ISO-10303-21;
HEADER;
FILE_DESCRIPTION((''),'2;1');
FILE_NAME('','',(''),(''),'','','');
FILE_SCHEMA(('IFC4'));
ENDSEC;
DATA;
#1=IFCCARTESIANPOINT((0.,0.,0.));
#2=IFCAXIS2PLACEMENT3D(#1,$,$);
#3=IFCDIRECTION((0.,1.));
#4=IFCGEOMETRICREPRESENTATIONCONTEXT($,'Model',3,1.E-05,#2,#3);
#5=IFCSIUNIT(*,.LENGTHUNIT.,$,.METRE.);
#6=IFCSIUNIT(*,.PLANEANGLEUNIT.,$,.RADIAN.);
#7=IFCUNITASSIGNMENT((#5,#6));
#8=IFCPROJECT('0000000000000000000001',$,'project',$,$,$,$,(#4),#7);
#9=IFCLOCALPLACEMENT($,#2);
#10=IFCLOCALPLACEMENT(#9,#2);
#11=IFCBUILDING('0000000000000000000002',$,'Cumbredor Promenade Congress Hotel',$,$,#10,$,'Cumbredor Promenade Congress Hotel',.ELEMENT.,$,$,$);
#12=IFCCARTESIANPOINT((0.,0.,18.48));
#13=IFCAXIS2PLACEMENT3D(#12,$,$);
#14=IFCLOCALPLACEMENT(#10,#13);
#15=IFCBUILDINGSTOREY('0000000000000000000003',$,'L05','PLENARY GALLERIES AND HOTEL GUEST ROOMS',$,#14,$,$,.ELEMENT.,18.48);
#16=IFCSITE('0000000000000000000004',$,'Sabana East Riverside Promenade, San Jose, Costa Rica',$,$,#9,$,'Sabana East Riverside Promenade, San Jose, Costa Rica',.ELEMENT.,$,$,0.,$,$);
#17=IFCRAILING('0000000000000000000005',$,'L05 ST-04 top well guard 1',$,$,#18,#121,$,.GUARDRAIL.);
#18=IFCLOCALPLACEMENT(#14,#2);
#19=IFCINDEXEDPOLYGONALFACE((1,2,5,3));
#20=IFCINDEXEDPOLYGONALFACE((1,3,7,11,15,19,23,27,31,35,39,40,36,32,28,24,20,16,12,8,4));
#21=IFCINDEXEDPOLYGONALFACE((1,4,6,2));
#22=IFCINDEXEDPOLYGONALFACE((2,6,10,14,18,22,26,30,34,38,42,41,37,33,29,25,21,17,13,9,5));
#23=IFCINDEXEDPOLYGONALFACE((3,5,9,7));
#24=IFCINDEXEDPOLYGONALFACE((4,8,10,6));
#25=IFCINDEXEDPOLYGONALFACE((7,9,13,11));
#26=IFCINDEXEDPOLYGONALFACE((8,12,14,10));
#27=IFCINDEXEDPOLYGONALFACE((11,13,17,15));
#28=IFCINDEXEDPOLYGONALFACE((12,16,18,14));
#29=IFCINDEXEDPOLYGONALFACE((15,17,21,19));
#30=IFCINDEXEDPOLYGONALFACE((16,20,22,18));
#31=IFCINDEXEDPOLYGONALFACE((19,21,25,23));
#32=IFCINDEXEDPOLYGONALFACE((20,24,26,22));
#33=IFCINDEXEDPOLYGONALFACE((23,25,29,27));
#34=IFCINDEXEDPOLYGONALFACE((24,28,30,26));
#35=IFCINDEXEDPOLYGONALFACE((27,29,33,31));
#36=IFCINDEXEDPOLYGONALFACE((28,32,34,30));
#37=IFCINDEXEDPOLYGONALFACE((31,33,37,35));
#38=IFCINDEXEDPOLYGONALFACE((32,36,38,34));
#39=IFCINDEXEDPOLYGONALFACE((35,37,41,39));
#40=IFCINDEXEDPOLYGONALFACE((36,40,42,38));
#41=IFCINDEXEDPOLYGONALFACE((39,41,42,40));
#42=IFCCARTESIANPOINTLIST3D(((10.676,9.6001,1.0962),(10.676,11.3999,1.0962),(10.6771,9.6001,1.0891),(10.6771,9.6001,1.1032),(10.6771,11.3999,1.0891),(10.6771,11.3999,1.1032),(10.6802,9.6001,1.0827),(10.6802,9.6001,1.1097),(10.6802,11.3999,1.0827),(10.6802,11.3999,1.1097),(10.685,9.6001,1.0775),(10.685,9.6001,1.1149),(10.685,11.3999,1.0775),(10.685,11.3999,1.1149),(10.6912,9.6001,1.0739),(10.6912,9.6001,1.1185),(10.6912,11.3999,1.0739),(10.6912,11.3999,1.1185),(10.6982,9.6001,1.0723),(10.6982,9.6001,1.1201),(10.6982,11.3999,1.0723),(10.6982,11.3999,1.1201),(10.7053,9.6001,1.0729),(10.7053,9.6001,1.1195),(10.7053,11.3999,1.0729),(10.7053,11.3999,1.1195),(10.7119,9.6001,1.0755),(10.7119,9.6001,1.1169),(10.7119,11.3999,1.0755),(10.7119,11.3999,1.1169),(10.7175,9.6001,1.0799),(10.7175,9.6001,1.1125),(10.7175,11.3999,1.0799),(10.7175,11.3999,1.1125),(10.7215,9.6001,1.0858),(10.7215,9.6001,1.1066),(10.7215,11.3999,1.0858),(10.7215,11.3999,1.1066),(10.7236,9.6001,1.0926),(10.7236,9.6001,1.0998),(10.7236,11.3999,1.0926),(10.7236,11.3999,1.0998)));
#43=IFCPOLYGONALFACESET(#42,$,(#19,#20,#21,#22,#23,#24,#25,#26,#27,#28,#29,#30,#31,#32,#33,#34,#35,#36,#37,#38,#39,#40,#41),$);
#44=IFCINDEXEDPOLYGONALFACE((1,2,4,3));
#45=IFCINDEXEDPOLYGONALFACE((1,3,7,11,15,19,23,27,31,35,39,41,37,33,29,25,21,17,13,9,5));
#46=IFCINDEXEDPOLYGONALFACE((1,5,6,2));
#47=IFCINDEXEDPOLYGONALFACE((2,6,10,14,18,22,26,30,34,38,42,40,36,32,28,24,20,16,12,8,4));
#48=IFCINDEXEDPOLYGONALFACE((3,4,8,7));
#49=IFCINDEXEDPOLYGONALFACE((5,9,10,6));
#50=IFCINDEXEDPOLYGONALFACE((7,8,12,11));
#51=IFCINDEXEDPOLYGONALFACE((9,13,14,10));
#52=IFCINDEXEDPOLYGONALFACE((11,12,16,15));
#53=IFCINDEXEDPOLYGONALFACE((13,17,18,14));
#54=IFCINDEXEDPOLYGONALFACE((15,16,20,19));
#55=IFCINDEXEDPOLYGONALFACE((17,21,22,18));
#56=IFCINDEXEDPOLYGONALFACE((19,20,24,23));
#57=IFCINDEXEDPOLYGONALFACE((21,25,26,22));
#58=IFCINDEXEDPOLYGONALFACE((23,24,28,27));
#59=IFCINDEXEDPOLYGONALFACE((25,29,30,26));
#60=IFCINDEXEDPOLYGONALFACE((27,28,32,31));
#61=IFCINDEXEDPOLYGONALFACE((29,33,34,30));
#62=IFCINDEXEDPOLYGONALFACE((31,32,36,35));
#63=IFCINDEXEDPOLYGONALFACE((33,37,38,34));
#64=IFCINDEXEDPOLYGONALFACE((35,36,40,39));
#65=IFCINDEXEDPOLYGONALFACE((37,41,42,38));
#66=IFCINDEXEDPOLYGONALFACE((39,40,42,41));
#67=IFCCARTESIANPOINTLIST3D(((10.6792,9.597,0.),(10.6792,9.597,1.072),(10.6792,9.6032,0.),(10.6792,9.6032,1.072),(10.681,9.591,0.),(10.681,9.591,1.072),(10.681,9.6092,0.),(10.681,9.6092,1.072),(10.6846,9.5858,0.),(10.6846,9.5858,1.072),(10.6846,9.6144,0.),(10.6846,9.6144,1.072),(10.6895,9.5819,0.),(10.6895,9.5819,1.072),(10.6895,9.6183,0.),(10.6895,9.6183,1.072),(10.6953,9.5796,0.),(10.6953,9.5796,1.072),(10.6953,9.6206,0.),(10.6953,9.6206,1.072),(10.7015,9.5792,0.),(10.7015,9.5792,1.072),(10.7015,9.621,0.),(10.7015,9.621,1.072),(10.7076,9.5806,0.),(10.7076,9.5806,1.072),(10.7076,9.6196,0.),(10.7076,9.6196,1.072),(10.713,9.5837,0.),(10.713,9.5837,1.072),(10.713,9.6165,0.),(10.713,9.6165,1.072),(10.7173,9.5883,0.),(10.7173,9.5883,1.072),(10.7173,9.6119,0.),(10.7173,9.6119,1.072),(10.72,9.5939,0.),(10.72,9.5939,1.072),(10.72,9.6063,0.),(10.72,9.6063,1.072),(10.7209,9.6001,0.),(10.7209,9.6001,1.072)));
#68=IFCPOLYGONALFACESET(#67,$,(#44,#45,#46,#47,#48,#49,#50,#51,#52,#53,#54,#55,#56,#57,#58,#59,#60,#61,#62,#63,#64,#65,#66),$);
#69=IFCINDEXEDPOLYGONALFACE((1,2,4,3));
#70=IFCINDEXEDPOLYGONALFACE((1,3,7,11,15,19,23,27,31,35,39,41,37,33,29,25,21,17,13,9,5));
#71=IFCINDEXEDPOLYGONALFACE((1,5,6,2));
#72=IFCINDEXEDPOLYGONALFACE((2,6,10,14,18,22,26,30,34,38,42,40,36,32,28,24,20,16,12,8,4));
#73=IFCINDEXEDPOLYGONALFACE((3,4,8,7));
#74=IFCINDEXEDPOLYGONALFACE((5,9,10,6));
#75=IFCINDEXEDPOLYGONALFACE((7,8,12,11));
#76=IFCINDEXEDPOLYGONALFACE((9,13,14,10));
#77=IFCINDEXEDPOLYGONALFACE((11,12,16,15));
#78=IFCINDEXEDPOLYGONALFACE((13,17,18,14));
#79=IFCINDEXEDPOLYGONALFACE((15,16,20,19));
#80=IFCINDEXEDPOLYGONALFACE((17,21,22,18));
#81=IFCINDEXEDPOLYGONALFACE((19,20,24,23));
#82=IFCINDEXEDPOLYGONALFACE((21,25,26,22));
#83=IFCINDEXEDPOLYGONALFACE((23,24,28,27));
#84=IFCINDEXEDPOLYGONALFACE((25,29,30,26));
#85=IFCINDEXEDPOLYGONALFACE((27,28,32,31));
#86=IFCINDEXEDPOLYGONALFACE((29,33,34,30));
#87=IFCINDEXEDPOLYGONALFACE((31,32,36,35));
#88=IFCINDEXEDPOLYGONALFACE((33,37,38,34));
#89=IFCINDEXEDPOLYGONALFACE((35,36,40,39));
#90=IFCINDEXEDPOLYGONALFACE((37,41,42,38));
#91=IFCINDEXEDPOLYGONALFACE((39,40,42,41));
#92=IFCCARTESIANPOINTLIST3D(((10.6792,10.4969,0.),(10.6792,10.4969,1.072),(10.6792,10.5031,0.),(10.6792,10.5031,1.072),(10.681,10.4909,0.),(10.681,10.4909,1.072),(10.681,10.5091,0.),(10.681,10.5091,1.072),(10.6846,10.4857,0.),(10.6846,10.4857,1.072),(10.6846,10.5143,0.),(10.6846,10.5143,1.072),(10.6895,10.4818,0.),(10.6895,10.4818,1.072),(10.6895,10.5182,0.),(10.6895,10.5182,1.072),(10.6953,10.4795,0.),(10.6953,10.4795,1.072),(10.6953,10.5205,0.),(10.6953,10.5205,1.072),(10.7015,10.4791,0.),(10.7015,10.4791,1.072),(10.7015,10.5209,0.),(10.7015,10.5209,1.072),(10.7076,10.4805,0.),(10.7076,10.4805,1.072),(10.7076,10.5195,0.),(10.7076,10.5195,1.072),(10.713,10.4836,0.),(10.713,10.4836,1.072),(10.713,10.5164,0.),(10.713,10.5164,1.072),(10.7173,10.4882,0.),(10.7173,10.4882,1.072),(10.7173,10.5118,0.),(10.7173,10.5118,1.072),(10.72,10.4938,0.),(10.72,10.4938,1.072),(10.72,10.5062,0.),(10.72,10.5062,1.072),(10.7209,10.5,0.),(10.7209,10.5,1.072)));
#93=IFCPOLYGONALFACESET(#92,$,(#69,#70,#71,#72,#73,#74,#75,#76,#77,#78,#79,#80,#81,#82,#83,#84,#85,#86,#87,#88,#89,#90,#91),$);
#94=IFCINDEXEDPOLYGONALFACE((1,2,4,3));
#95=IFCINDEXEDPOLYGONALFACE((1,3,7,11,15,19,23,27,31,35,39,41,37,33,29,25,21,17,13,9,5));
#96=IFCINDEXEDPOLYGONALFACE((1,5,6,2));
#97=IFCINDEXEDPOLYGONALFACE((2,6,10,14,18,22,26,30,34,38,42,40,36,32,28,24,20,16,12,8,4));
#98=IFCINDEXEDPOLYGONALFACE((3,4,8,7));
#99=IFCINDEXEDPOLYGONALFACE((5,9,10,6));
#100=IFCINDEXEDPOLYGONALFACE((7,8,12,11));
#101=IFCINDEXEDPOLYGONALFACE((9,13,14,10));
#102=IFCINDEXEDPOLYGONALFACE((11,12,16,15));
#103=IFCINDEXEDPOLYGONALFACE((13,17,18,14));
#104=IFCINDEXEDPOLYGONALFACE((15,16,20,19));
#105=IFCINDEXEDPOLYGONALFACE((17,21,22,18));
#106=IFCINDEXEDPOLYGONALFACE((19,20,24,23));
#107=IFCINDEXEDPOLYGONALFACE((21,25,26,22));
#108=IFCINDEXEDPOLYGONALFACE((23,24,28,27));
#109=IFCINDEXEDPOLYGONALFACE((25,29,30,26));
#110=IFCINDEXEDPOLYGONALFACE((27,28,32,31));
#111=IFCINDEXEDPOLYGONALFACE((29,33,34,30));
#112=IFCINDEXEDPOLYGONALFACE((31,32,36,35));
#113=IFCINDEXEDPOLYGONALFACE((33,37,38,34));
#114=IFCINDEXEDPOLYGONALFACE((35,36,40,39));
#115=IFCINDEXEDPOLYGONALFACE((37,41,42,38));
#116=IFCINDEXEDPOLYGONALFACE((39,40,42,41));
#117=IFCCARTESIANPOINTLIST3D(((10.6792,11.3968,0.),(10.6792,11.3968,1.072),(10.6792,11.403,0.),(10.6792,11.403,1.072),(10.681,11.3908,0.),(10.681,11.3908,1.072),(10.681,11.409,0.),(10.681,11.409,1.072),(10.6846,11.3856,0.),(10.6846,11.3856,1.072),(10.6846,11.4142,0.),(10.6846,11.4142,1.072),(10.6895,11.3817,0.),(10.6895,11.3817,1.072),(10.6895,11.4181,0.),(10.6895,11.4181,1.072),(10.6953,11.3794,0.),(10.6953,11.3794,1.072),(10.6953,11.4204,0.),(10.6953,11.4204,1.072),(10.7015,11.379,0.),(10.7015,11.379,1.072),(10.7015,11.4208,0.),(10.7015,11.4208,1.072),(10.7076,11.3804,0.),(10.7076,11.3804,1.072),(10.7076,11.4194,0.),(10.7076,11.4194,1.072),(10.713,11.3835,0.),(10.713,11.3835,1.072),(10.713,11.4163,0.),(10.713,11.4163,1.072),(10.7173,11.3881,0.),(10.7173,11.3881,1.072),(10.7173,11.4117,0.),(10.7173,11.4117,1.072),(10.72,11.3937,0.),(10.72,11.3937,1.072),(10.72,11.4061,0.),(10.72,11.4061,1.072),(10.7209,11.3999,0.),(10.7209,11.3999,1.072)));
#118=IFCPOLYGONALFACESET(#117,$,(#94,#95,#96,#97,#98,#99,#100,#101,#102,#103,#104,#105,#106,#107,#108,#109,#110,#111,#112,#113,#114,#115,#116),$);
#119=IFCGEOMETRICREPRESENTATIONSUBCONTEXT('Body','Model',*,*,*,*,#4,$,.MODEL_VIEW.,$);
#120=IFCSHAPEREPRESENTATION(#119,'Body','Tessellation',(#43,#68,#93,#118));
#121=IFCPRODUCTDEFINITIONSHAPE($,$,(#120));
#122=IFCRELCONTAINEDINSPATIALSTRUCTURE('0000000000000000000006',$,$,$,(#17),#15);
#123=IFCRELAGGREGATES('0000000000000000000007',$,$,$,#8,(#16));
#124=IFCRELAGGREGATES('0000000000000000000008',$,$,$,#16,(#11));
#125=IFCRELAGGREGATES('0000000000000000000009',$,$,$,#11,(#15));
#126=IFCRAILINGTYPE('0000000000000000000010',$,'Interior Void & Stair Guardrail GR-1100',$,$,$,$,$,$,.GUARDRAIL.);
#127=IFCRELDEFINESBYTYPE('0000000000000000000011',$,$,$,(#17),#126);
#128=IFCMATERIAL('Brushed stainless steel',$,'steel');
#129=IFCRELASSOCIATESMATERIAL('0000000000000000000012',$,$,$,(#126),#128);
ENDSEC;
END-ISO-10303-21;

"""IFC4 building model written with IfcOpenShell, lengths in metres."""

from ifc_helpers import new_model, si_unit, direction, frame, origin, origin_2d, place, context, subcontext, project, spatial, circle, extrude, material, type_object, element, save


model = new_model("IFC4")

# Units and contexts
model_context = context("Model", 3, precision=1e-05, world=origin(), true_north=direction((0.0, 1.0)))
body_context = subcontext(model_context, "Body", "Model", "MODEL_VIEW")
ifc_project = project(units=[si_unit("LENGTHUNIT", "METRE"), si_unit("PLANEANGLEUNIT", "RADIAN")], contexts=[model_context])

# Site, building, storey
site_placement = place(None, origin())
site = spatial("IfcSite", under=ifc_project, at=site_placement, Name="Sabana East Riverside Promenade, San Jose, Costa Rica", LongName="Sabana East Riverside Promenade, San Jose, Costa Rica", CompositionType="ELEMENT", RefElevation=0.0)
building_placement = place(site_placement, origin())
building = spatial("IfcBuilding", under=site, at=building_placement, Name="Cumbredor Promenade Congress Hotel", LongName="Cumbredor Promenade Congress Hotel", CompositionType="ELEMENT")
storey_placement = place(building_placement, frame((0.0, 0.0, 18.48)))
storey = spatial("IfcBuildingStorey", under=building, at=storey_placement, Name="L05", Description="PLENARY GALLERIES AND HOTEL GUEST ROOMS", CompositionType="ELEMENT", Elevation=18.48)

# Railing
ifc_material_1 = material(Name="Brushed stainless steel", Category="steel")
railing_type = type_object("IfcRailingType", Name="Interior Void & Stair Guardrail GR-1100", PredefinedType="GUARDRAIL", material=ifc_material_1)
railing_placement = place(storey_placement, frame((10.7, 9.6001, 0.0)))
element("IfcRailing", 1, at=railing_placement, inside=storey, type_object=railing_type, Name="L05 ST-04 top well guard 1", PredefinedType="GUARDRAIL", context=body_context, shape_type="SweptSolid", body=[
    extrude(circle(Radius=0.0239, at=origin_2d()), frame((0.0, 0.0, 1.0962), z_axis=(0.0, 1.0, 0.0), x_axis=(-1.0, 0.0, 0.0)), (0.0, 0.0, 1.0), 1.7998),
    extrude(circle(Radius=0.021, at=origin_2d()), origin(), (0.0, 0.0, 1.0), 1.072),
    extrude(circle(Radius=0.021, at=origin_2d()), frame((0.0, 0.8999, 0.0)), (0.0, 0.0, 1.0), 1.072),
    extrude(circle(Radius=0.021, at=origin_2d()), frame((0.0, 1.7998, 0.0)), (0.0, 0.0, 1.0), 1.072),
])

save(model, "model.ifc")
